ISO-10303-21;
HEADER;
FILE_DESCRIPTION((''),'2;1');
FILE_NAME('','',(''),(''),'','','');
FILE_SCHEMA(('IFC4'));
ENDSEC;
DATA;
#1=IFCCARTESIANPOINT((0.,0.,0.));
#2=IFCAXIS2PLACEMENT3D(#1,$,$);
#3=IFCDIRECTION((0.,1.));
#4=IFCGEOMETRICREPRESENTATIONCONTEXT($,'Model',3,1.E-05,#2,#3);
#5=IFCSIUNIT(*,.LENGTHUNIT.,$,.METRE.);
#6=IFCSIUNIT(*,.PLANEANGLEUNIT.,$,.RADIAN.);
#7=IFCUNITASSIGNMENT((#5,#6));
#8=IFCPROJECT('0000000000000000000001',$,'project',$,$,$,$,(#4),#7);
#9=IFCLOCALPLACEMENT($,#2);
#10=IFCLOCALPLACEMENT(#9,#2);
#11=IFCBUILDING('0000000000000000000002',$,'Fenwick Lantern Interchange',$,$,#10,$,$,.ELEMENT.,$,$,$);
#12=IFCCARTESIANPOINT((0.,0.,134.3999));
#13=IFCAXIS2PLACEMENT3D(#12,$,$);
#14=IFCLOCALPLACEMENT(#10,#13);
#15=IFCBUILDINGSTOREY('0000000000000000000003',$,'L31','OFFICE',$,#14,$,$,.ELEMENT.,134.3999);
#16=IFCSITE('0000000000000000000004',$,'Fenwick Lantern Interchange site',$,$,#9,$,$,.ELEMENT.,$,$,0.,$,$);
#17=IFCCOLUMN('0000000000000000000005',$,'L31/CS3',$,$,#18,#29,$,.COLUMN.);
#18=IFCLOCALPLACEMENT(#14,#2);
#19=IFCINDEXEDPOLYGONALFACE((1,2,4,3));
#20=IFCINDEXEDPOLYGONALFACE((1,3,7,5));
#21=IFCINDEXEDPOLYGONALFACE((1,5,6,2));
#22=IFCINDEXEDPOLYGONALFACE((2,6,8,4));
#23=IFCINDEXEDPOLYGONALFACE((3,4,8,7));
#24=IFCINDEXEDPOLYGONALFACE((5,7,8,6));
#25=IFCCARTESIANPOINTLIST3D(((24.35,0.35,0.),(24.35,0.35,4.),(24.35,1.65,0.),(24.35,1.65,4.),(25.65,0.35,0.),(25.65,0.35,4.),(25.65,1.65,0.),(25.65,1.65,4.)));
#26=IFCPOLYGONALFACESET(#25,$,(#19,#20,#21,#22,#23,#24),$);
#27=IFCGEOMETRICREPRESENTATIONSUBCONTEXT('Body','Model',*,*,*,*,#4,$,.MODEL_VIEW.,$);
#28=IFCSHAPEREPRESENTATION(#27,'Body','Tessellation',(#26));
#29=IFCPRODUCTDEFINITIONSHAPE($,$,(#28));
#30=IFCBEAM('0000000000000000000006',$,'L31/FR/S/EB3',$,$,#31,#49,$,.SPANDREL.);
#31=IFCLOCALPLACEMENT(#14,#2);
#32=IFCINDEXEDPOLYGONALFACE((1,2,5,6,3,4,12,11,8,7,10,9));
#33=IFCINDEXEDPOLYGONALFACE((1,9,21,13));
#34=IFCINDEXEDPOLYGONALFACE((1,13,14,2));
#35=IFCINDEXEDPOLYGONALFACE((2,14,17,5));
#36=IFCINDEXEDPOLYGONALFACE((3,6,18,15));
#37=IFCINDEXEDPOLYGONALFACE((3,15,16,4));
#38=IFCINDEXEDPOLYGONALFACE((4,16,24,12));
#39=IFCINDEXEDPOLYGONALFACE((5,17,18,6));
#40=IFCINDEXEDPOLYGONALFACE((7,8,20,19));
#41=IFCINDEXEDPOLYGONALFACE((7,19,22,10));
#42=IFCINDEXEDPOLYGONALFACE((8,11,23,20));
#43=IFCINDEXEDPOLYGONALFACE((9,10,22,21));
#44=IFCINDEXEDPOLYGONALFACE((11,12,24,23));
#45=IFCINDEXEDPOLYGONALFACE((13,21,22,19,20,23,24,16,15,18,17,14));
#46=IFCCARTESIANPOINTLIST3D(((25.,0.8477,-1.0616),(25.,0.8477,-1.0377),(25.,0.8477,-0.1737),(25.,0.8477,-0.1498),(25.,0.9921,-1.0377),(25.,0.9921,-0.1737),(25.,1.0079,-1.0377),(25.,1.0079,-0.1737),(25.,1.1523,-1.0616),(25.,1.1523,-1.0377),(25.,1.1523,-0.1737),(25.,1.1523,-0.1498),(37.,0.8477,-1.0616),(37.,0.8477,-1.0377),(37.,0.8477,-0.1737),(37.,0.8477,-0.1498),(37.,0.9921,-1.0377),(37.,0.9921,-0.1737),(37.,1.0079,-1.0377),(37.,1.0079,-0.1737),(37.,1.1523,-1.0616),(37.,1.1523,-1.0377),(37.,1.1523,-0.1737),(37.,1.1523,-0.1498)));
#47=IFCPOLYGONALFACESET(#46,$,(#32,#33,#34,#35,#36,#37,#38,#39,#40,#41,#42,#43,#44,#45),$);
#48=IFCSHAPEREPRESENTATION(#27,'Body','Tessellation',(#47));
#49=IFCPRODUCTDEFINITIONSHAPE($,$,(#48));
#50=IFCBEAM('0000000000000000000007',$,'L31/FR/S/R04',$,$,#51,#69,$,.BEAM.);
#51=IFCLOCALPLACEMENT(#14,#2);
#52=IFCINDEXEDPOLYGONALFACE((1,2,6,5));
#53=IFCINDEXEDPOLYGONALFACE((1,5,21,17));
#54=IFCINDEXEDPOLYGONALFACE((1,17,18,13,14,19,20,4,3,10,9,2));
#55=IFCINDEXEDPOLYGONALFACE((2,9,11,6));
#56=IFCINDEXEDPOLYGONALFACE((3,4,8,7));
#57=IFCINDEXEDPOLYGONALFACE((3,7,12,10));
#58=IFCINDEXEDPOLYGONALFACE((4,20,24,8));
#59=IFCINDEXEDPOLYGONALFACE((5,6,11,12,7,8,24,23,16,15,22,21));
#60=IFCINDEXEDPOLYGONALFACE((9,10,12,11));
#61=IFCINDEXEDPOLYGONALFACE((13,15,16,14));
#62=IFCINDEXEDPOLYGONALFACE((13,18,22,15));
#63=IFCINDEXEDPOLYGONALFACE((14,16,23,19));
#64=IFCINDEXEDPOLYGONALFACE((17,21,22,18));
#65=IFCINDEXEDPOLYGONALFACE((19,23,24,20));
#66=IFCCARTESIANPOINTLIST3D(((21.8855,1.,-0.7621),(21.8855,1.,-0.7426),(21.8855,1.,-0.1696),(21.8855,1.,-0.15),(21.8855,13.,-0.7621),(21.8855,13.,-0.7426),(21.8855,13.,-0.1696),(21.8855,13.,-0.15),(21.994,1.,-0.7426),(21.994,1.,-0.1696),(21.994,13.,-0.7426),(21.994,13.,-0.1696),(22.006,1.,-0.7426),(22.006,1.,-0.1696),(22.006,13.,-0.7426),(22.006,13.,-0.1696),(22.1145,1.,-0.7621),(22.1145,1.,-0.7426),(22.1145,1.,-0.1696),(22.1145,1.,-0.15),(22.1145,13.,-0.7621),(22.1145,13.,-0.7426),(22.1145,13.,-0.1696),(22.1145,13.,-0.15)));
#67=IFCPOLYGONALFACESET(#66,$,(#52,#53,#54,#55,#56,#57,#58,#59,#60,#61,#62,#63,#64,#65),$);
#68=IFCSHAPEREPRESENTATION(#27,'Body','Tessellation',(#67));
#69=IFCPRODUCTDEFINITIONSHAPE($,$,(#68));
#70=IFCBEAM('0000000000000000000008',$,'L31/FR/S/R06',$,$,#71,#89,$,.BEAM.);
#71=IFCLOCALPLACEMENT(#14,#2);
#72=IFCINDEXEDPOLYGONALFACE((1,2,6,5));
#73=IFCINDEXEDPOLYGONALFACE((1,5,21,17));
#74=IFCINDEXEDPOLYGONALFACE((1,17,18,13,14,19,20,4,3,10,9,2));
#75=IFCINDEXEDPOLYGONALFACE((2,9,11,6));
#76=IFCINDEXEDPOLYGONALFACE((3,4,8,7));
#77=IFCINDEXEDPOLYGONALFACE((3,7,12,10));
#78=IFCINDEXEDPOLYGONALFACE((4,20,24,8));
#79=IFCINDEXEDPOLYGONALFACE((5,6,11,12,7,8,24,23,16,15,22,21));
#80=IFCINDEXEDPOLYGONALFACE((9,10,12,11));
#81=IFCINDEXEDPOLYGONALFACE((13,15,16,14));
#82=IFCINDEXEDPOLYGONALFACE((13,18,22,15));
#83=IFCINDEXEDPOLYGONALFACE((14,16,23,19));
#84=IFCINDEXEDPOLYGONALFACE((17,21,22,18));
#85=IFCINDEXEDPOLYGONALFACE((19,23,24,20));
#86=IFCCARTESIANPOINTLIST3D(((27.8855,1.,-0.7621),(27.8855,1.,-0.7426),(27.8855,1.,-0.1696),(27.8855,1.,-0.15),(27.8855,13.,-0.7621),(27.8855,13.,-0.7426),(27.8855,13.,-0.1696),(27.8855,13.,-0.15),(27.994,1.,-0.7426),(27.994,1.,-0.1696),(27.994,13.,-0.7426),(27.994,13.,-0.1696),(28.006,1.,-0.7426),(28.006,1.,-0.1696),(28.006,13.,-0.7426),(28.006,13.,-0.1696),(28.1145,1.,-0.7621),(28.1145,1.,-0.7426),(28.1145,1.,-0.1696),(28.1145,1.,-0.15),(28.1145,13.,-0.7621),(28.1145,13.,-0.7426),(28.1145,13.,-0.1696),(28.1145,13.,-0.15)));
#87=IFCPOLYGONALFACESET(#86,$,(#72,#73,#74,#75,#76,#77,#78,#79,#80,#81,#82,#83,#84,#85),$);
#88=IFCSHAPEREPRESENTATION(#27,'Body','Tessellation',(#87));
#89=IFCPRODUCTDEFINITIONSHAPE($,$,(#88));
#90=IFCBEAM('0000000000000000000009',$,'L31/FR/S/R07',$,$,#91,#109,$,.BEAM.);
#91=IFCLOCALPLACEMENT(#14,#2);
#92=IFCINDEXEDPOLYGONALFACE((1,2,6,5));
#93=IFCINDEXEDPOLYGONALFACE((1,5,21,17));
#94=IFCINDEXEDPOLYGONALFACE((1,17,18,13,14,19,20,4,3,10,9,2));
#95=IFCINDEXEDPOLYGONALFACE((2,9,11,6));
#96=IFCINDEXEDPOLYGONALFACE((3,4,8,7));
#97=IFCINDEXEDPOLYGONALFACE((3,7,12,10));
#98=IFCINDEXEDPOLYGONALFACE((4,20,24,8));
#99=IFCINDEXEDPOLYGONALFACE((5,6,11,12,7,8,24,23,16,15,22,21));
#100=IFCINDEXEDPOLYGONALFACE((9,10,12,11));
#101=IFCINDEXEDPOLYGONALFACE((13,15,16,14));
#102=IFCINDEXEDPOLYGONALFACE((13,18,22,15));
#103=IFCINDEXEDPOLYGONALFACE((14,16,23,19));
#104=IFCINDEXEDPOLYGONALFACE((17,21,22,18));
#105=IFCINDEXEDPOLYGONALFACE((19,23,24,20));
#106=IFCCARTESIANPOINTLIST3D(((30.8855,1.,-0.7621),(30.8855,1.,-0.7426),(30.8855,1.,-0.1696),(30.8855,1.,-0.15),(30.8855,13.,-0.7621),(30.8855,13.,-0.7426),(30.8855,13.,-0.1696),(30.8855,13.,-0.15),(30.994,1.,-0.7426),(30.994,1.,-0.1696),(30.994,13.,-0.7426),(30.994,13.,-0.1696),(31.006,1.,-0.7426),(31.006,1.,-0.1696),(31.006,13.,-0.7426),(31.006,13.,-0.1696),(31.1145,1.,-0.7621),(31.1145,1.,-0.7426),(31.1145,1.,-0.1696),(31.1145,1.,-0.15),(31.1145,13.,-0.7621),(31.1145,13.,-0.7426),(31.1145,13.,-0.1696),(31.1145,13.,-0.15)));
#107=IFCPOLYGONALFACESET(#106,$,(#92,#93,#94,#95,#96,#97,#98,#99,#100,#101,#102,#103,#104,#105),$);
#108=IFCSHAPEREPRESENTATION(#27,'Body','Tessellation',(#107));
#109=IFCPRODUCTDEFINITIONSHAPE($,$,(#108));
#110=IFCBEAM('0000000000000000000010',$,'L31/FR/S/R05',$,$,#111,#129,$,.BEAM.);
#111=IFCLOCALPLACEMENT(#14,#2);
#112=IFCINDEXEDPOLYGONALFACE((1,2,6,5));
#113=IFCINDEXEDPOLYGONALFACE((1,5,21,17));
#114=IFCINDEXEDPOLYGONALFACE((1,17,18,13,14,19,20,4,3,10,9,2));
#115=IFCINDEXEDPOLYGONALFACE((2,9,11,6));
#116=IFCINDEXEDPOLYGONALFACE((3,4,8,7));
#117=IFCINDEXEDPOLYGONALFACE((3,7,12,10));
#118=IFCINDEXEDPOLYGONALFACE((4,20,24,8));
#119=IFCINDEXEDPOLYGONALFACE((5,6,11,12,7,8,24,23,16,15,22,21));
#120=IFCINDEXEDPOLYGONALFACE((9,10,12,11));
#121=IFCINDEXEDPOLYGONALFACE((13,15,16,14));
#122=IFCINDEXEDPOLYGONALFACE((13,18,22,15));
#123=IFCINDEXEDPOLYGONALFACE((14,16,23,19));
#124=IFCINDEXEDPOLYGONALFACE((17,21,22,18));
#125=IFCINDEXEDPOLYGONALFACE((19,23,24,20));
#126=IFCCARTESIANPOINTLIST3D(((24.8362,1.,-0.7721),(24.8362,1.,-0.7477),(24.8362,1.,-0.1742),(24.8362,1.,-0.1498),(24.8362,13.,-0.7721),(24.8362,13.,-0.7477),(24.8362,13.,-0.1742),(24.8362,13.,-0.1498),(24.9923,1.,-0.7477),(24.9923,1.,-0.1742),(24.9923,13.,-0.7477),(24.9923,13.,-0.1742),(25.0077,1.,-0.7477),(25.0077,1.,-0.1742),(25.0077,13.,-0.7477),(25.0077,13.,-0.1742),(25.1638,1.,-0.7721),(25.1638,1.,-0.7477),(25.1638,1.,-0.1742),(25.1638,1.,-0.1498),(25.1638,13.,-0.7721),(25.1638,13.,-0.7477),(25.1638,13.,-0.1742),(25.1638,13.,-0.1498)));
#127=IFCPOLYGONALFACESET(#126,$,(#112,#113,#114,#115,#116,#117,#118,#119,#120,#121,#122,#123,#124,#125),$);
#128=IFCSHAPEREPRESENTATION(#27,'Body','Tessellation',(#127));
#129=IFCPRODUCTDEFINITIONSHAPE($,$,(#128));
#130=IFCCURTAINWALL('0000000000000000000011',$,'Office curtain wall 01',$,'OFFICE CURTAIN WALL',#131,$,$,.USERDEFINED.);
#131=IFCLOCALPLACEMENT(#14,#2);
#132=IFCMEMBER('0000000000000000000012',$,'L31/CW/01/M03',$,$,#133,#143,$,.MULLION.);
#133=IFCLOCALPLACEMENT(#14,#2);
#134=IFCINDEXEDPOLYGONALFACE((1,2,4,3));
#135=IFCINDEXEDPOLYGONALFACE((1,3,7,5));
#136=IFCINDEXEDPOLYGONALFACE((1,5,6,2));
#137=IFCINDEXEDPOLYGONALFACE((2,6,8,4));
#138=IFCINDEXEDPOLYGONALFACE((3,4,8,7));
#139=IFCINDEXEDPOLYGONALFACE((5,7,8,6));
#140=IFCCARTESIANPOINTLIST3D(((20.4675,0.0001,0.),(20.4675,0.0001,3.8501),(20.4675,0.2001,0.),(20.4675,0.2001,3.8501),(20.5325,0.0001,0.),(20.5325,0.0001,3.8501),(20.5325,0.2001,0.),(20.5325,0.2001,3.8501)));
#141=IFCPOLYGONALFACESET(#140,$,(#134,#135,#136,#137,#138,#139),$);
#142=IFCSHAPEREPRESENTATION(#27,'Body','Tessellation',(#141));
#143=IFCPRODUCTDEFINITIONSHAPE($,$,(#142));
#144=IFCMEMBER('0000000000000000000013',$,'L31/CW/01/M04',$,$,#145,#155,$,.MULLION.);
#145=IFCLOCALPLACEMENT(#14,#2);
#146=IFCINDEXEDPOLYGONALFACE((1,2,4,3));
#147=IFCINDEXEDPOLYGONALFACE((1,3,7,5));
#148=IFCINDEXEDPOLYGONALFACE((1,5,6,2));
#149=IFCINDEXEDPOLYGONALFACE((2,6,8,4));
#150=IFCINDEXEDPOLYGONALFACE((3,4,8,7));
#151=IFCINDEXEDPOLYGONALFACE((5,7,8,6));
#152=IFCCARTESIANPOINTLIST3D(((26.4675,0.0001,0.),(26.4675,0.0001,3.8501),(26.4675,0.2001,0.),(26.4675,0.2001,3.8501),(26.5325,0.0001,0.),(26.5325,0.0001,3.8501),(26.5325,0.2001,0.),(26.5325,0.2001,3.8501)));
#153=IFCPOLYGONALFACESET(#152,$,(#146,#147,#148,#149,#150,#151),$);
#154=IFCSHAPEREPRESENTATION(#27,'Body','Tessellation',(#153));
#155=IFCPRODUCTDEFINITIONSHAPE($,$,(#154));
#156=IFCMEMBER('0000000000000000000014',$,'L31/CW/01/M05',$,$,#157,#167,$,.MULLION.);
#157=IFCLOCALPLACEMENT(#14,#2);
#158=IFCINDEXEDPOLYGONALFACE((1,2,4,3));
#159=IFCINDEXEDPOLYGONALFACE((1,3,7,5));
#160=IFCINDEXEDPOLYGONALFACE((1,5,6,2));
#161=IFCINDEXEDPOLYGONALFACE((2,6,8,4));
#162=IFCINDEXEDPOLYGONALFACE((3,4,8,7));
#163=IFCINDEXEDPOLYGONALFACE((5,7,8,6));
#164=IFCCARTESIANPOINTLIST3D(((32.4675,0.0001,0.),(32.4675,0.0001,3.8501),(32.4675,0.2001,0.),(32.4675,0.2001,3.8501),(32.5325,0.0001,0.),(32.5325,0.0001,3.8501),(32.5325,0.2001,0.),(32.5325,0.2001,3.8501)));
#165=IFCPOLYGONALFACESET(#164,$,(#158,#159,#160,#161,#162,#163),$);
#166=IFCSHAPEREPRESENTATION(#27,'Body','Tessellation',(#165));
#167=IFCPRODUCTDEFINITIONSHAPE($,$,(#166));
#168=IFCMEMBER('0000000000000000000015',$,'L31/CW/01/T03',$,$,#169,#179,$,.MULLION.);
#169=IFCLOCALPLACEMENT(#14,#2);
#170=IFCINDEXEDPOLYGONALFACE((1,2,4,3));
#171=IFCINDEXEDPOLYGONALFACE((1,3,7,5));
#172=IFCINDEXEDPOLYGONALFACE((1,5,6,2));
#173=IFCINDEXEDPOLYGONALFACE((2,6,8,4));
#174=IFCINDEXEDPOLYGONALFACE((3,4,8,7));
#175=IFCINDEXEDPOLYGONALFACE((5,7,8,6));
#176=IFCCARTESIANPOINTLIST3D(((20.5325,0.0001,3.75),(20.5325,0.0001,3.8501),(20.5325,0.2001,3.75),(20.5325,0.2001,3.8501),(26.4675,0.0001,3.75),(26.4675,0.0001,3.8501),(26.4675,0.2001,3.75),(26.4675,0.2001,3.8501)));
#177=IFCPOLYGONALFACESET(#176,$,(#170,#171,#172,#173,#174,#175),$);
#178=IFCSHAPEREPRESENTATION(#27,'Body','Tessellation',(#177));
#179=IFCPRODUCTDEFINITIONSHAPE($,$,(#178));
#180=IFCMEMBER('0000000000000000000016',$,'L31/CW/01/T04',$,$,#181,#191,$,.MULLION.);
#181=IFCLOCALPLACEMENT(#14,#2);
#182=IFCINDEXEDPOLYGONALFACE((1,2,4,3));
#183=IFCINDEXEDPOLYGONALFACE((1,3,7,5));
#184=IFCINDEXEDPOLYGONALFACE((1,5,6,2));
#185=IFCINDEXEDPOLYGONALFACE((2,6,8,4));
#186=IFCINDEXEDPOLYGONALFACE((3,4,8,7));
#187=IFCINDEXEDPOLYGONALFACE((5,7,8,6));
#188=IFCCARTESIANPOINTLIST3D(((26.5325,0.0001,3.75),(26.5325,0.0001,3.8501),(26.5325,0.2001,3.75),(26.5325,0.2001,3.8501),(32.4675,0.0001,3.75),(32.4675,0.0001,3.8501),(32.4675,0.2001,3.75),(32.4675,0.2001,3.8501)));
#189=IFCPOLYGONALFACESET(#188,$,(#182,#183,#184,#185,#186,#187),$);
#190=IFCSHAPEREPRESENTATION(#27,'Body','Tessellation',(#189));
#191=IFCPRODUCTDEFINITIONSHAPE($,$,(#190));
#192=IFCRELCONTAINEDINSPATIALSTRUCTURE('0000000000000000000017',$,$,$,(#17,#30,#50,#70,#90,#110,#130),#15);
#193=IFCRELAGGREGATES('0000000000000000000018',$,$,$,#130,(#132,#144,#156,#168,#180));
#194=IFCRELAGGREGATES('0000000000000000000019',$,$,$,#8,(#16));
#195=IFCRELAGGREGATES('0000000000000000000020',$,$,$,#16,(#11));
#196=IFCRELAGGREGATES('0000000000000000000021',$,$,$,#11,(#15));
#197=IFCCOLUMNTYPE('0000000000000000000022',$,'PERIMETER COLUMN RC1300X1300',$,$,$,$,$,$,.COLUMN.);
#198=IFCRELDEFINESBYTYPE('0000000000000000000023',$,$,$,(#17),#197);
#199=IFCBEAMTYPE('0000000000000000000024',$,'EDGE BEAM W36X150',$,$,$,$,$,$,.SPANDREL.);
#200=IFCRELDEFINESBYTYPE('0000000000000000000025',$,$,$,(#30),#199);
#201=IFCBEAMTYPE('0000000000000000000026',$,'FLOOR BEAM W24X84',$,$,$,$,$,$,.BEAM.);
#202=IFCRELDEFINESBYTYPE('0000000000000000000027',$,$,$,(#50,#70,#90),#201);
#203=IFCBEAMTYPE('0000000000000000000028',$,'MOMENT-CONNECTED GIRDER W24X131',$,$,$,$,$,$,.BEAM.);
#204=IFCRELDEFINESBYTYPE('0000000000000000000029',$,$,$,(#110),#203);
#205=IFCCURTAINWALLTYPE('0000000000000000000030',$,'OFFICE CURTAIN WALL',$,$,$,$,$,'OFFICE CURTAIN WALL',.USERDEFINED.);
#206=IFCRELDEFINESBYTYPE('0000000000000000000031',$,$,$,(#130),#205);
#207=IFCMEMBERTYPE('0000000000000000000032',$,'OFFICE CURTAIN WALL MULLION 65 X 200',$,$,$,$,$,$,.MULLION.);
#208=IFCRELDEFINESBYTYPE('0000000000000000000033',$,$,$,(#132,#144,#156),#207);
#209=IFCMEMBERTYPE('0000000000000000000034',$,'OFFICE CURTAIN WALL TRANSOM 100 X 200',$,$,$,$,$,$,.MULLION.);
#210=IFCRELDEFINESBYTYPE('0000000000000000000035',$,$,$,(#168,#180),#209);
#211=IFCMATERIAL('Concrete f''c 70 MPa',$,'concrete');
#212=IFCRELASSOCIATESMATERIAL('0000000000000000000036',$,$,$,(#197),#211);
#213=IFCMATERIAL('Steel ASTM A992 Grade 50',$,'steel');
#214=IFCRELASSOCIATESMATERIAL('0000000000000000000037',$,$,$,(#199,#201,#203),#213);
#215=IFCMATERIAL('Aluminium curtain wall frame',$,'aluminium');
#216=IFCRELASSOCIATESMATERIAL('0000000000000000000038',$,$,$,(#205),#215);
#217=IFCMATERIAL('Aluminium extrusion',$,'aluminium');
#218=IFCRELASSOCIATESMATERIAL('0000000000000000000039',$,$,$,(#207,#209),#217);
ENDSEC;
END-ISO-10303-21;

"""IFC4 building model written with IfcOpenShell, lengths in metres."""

from ifc_helpers import new_model, si_unit, direction, frame, origin, origin_2d, place, context, subcontext, project, spatial, rectangle, i_section, extrude, material, material_profile, profile_set, type_object, element, aggregate, save


model = new_model("IFC4")

# Units and contexts
model_context = context("Model", 3, precision=1e-05, world=origin(), true_north=direction((0.0, 1.0)))
body_context = subcontext(model_context, "Body", "Model", "MODEL_VIEW")
ifc_project = project(units=[si_unit("LENGTHUNIT", "METRE"), si_unit("PLANEANGLEUNIT", "RADIAN")], contexts=[model_context])

# Site, building, storey
site_placement = place(None, origin())
site = spatial("IfcSite", under=ifc_project, at=site_placement, Name="Fenwick Lantern Interchange site", CompositionType="ELEMENT", RefElevation=0.0)
building_placement = place(site_placement, origin())
building = spatial("IfcBuilding", under=site, at=building_placement, Name="Fenwick Lantern Interchange", CompositionType="ELEMENT")
storey_placement = place(building_placement, frame((0.0, 0.0, 134.3999)))
storey = spatial("IfcBuildingStorey", under=building, at=storey_placement, Name="L31", Description="OFFICE", CompositionType="ELEMENT", Elevation=134.3999)

# Column
ifc_material_1 = material(Name="Concrete f'c 70 MPa", Category="concrete")
ifc_material_profile_1 = material_profile(ifc_material_1, rectangle(XDim=1.3, YDim=1.3, at=origin_2d()), Name="RC1300X1300")
ifc_profile_set_1 = profile_set([ifc_material_profile_1], Name="Concrete f'c 70 MPa")
column_type = type_object("IfcColumnType", Name="PERIMETER COLUMN RC1300X1300", PredefinedType="COLUMN", material=ifc_profile_set_1)
column_placement = place(storey_placement, frame((25.0, 1.0, 0.0), z_axis=(0.0, 0.0, 1.0), x_axis=(1.0, 0.0, 0.0)))
element("IfcColumn", 1, at=column_placement, inside=storey, type_object=column_type, Name="L31/CS3", PredefinedType="COLUMN", context=body_context, shape_type="SweptSolid", body=[
    extrude(rectangle(XDim=1.3, YDim=1.3, at=origin_2d()), origin(), (0.0, 0.0, 1.0), 4.0),
])

# Beams
ifc_material_2 = material(Name="Steel ASTM A992 Grade 50", Category="steel")
ifc_material_profile_2 = material_profile(ifc_material_2, i_section(OverallWidth=0.3047, OverallDepth=0.9119, WebThickness=0.0159, FlangeThickness=0.0239, at=origin_2d()), Name="W36X150")
ifc_profile_set_2 = profile_set([ifc_material_profile_2], Name="Steel ASTM A992 Grade 50")
beam_type_1 = type_object("IfcBeamType", Name="EDGE BEAM W36X150", PredefinedType="SPANDREL", material=ifc_profile_set_2)
beam_1_placement = place(storey_placement, frame((25.0, 1.0, -0.6057), z_axis=(1.0, 0.0, 0.0), x_axis=(0.0, 1.0, 0.0)))
element("IfcBeam", 2, at=beam_1_placement, inside=storey, type_object=beam_type_1, Name="L31/FR/S/EB3", PredefinedType="SPANDREL", context=body_context, shape_type="SweptSolid", body=[
    extrude(i_section(OverallWidth=0.3047, OverallDepth=0.9119, WebThickness=0.0159, FlangeThickness=0.0239, at=origin_2d()), origin(), (0.0, 0.0, 1.0), 12.0),
])
ifc_material_profile_3 = material_profile(ifc_material_2, i_section(OverallWidth=0.229, OverallDepth=0.6121, WebThickness=0.012, FlangeThickness=0.0195, at=origin_2d()), Name="W24X84")
ifc_profile_set_3 = profile_set([ifc_material_profile_3], Name="Steel ASTM A992 Grade 50")
beam_type_2 = type_object("IfcBeamType", Name="FLOOR BEAM W24X84", PredefinedType="BEAM", material=ifc_profile_set_3)
for number, where, z_axis, x_axis, name in (
    (3, (22.0, 1.0, -0.4561), (0.0, 1.0, 0.0), (-1.0, 0.0, 0.0), "L31/FR/S/R04"),
    (4, (28.0, 1.0, -0.4561), (0.0, 1.0, 0.0), (-1.0, 0.0, 0.0), "L31/FR/S/R06"),
    (5, (31.0, 1.0, -0.4561), (0.0, 1.0, 0.0), (-1.0, 0.0, 0.0), "L31/FR/S/R07"),
):
    element("IfcBeam", number, at=place(storey_placement, frame(where, z_axis=z_axis, x_axis=x_axis)), inside=storey, type_object=beam_type_2, Name=name, PredefinedType="BEAM", context=body_context, shape_type="SweptSolid", body=[
        extrude(i_section(OverallWidth=0.229, OverallDepth=0.6121, WebThickness=0.012, FlangeThickness=0.0195, at=origin_2d()), origin(), (0.0, 0.0, 1.0), 12.0),
    ])
ifc_material_profile_4 = material_profile(ifc_material_2, i_section(OverallWidth=0.3276, OverallDepth=0.6223, WebThickness=0.0154, FlangeThickness=0.0244, at=origin_2d()), Name="W24X131")
ifc_profile_set_4 = profile_set([ifc_material_profile_4], Name="Steel ASTM A992 Grade 50")
beam_type_3 = type_object("IfcBeamType", Name="MOMENT-CONNECTED GIRDER W24X131", PredefinedType="BEAM", material=ifc_profile_set_4)
beam_2_placement = place(storey_placement, frame((25.0, 1.0, -0.4609), z_axis=(0.0, 1.0, 0.0), x_axis=(-1.0, 0.0, 0.0)))
element("IfcBeam", 6, at=beam_2_placement, inside=storey, type_object=beam_type_3, Name="L31/FR/S/R05", PredefinedType="BEAM", context=body_context, shape_type="SweptSolid", body=[
    extrude(i_section(OverallWidth=0.3276, OverallDepth=0.6223, WebThickness=0.0154, FlangeThickness=0.0244, at=origin_2d()), origin(), (0.0, 0.0, 1.0), 12.0),
])

# Curtain wall, members
ifc_material_3 = material(Name="Aluminium curtain wall frame", Category="aluminium")
curtain_wall_type = type_object("IfcCurtainWallType", Name="OFFICE CURTAIN WALL", ElementType="OFFICE CURTAIN WALL", PredefinedType="USERDEFINED", material=ifc_material_3)
curtain_wall_placement = place(storey_placement, origin())
curtain_wall = element("IfcCurtainWall", 7, at=curtain_wall_placement, inside=storey, type_object=curtain_wall_type, Name="Office curtain wall 01", ObjectType="OFFICE CURTAIN WALL", PredefinedType="USERDEFINED")
ifc_material_4 = material(Name="Aluminium extrusion", Category="aluminium")
ifc_material_profile_5 = material_profile(ifc_material_4, rectangle(XDim=0.2, YDim=0.0649, at=origin_2d()), Name="OFFICE CURTAIN WALL MULLION 65 X 200")
ifc_profile_set_5 = profile_set([ifc_material_profile_5], Name="Aluminium extrusion")
member_type_1 = type_object("IfcMemberType", Name="OFFICE CURTAIN WALL MULLION 65 X 200", PredefinedType="MULLION", material=ifc_profile_set_5)
member_1_placement = place(storey_placement, frame((20.5, 0.1001, 0.0), z_axis=(0.0, 0.0, 1.0), x_axis=(0.0, 1.0, 0.0)))
member_1 = element("IfcMember", 8, at=member_1_placement, type_object=member_type_1, Name="L31/CW/01/M03", PredefinedType="MULLION", context=body_context, shape_type="SweptSolid", body=[
    extrude(rectangle(XDim=0.2, YDim=0.0649, at=origin_2d()), origin(), (0.0, 0.0, 1.0), 3.8501),
])
member_2_placement = place(storey_placement, frame((26.5, 0.1001, 0.0), z_axis=(0.0, 0.0, 1.0), x_axis=(0.0, 1.0, 0.0)))
member_2 = element("IfcMember", 9, at=member_2_placement, type_object=member_type_1, Name="L31/CW/01/M04", PredefinedType="MULLION", context=body_context, shape_type="SweptSolid", body=[
    extrude(rectangle(XDim=0.2, YDim=0.0649, at=origin_2d()), origin(), (0.0, 0.0, 1.0), 3.8501),
])
member_3_placement = place(storey_placement, frame((32.5, 0.1001, 0.0), z_axis=(0.0, 0.0, 1.0), x_axis=(0.0, 1.0, 0.0)))
member_3 = element("IfcMember", 10, at=member_3_placement, type_object=member_type_1, Name="L31/CW/01/M05", PredefinedType="MULLION", context=body_context, shape_type="SweptSolid", body=[
    extrude(rectangle(XDim=0.2, YDim=0.0649, at=origin_2d()), origin(), (0.0, 0.0, 1.0), 3.8501),
])
ifc_material_profile_6 = material_profile(ifc_material_4, rectangle(XDim=0.2, YDim=0.1001, at=origin_2d()), Name="OFFICE CURTAIN WALL TRANSOM 100 X 200")
ifc_profile_set_6 = profile_set([ifc_material_profile_6], Name="Aluminium extrusion")
member_type_2 = type_object("IfcMemberType", Name="OFFICE CURTAIN WALL TRANSOM 100 X 200", PredefinedType="MULLION", material=ifc_profile_set_6)
member_4_placement = place(storey_placement, frame((20.5325, 0.1001, 3.8), z_axis=(1.0, 0.0, 0.0), x_axis=(0.0, 1.0, 0.0)))
member_4 = element("IfcMember", 11, at=member_4_placement, type_object=member_type_2, Name="L31/CW/01/T03", PredefinedType="MULLION", context=body_context, shape_type="SweptSolid", body=[
    extrude(rectangle(XDim=0.2, YDim=0.1001, at=origin_2d()), origin(), (0.0, 0.0, 1.0), 5.9351),
])
member_5_placement = place(storey_placement, frame((26.5325, 0.1001, 3.8), z_axis=(1.0, 0.0, 0.0), x_axis=(0.0, 1.0, 0.0)))
member_5 = element("IfcMember", 12, at=member_5_placement, type_object=member_type_2, Name="L31/CW/01/T04", PredefinedType="MULLION", context=body_context, shape_type="SweptSolid", body=[
    extrude(rectangle(XDim=0.2, YDim=0.1001, at=origin_2d()), origin(), (0.0, 0.0, 1.0), 5.9351),
])
aggregate(curtain_wall, [member_1, member_2, member_3, member_4, member_5])

save(model, "model.ifc")
